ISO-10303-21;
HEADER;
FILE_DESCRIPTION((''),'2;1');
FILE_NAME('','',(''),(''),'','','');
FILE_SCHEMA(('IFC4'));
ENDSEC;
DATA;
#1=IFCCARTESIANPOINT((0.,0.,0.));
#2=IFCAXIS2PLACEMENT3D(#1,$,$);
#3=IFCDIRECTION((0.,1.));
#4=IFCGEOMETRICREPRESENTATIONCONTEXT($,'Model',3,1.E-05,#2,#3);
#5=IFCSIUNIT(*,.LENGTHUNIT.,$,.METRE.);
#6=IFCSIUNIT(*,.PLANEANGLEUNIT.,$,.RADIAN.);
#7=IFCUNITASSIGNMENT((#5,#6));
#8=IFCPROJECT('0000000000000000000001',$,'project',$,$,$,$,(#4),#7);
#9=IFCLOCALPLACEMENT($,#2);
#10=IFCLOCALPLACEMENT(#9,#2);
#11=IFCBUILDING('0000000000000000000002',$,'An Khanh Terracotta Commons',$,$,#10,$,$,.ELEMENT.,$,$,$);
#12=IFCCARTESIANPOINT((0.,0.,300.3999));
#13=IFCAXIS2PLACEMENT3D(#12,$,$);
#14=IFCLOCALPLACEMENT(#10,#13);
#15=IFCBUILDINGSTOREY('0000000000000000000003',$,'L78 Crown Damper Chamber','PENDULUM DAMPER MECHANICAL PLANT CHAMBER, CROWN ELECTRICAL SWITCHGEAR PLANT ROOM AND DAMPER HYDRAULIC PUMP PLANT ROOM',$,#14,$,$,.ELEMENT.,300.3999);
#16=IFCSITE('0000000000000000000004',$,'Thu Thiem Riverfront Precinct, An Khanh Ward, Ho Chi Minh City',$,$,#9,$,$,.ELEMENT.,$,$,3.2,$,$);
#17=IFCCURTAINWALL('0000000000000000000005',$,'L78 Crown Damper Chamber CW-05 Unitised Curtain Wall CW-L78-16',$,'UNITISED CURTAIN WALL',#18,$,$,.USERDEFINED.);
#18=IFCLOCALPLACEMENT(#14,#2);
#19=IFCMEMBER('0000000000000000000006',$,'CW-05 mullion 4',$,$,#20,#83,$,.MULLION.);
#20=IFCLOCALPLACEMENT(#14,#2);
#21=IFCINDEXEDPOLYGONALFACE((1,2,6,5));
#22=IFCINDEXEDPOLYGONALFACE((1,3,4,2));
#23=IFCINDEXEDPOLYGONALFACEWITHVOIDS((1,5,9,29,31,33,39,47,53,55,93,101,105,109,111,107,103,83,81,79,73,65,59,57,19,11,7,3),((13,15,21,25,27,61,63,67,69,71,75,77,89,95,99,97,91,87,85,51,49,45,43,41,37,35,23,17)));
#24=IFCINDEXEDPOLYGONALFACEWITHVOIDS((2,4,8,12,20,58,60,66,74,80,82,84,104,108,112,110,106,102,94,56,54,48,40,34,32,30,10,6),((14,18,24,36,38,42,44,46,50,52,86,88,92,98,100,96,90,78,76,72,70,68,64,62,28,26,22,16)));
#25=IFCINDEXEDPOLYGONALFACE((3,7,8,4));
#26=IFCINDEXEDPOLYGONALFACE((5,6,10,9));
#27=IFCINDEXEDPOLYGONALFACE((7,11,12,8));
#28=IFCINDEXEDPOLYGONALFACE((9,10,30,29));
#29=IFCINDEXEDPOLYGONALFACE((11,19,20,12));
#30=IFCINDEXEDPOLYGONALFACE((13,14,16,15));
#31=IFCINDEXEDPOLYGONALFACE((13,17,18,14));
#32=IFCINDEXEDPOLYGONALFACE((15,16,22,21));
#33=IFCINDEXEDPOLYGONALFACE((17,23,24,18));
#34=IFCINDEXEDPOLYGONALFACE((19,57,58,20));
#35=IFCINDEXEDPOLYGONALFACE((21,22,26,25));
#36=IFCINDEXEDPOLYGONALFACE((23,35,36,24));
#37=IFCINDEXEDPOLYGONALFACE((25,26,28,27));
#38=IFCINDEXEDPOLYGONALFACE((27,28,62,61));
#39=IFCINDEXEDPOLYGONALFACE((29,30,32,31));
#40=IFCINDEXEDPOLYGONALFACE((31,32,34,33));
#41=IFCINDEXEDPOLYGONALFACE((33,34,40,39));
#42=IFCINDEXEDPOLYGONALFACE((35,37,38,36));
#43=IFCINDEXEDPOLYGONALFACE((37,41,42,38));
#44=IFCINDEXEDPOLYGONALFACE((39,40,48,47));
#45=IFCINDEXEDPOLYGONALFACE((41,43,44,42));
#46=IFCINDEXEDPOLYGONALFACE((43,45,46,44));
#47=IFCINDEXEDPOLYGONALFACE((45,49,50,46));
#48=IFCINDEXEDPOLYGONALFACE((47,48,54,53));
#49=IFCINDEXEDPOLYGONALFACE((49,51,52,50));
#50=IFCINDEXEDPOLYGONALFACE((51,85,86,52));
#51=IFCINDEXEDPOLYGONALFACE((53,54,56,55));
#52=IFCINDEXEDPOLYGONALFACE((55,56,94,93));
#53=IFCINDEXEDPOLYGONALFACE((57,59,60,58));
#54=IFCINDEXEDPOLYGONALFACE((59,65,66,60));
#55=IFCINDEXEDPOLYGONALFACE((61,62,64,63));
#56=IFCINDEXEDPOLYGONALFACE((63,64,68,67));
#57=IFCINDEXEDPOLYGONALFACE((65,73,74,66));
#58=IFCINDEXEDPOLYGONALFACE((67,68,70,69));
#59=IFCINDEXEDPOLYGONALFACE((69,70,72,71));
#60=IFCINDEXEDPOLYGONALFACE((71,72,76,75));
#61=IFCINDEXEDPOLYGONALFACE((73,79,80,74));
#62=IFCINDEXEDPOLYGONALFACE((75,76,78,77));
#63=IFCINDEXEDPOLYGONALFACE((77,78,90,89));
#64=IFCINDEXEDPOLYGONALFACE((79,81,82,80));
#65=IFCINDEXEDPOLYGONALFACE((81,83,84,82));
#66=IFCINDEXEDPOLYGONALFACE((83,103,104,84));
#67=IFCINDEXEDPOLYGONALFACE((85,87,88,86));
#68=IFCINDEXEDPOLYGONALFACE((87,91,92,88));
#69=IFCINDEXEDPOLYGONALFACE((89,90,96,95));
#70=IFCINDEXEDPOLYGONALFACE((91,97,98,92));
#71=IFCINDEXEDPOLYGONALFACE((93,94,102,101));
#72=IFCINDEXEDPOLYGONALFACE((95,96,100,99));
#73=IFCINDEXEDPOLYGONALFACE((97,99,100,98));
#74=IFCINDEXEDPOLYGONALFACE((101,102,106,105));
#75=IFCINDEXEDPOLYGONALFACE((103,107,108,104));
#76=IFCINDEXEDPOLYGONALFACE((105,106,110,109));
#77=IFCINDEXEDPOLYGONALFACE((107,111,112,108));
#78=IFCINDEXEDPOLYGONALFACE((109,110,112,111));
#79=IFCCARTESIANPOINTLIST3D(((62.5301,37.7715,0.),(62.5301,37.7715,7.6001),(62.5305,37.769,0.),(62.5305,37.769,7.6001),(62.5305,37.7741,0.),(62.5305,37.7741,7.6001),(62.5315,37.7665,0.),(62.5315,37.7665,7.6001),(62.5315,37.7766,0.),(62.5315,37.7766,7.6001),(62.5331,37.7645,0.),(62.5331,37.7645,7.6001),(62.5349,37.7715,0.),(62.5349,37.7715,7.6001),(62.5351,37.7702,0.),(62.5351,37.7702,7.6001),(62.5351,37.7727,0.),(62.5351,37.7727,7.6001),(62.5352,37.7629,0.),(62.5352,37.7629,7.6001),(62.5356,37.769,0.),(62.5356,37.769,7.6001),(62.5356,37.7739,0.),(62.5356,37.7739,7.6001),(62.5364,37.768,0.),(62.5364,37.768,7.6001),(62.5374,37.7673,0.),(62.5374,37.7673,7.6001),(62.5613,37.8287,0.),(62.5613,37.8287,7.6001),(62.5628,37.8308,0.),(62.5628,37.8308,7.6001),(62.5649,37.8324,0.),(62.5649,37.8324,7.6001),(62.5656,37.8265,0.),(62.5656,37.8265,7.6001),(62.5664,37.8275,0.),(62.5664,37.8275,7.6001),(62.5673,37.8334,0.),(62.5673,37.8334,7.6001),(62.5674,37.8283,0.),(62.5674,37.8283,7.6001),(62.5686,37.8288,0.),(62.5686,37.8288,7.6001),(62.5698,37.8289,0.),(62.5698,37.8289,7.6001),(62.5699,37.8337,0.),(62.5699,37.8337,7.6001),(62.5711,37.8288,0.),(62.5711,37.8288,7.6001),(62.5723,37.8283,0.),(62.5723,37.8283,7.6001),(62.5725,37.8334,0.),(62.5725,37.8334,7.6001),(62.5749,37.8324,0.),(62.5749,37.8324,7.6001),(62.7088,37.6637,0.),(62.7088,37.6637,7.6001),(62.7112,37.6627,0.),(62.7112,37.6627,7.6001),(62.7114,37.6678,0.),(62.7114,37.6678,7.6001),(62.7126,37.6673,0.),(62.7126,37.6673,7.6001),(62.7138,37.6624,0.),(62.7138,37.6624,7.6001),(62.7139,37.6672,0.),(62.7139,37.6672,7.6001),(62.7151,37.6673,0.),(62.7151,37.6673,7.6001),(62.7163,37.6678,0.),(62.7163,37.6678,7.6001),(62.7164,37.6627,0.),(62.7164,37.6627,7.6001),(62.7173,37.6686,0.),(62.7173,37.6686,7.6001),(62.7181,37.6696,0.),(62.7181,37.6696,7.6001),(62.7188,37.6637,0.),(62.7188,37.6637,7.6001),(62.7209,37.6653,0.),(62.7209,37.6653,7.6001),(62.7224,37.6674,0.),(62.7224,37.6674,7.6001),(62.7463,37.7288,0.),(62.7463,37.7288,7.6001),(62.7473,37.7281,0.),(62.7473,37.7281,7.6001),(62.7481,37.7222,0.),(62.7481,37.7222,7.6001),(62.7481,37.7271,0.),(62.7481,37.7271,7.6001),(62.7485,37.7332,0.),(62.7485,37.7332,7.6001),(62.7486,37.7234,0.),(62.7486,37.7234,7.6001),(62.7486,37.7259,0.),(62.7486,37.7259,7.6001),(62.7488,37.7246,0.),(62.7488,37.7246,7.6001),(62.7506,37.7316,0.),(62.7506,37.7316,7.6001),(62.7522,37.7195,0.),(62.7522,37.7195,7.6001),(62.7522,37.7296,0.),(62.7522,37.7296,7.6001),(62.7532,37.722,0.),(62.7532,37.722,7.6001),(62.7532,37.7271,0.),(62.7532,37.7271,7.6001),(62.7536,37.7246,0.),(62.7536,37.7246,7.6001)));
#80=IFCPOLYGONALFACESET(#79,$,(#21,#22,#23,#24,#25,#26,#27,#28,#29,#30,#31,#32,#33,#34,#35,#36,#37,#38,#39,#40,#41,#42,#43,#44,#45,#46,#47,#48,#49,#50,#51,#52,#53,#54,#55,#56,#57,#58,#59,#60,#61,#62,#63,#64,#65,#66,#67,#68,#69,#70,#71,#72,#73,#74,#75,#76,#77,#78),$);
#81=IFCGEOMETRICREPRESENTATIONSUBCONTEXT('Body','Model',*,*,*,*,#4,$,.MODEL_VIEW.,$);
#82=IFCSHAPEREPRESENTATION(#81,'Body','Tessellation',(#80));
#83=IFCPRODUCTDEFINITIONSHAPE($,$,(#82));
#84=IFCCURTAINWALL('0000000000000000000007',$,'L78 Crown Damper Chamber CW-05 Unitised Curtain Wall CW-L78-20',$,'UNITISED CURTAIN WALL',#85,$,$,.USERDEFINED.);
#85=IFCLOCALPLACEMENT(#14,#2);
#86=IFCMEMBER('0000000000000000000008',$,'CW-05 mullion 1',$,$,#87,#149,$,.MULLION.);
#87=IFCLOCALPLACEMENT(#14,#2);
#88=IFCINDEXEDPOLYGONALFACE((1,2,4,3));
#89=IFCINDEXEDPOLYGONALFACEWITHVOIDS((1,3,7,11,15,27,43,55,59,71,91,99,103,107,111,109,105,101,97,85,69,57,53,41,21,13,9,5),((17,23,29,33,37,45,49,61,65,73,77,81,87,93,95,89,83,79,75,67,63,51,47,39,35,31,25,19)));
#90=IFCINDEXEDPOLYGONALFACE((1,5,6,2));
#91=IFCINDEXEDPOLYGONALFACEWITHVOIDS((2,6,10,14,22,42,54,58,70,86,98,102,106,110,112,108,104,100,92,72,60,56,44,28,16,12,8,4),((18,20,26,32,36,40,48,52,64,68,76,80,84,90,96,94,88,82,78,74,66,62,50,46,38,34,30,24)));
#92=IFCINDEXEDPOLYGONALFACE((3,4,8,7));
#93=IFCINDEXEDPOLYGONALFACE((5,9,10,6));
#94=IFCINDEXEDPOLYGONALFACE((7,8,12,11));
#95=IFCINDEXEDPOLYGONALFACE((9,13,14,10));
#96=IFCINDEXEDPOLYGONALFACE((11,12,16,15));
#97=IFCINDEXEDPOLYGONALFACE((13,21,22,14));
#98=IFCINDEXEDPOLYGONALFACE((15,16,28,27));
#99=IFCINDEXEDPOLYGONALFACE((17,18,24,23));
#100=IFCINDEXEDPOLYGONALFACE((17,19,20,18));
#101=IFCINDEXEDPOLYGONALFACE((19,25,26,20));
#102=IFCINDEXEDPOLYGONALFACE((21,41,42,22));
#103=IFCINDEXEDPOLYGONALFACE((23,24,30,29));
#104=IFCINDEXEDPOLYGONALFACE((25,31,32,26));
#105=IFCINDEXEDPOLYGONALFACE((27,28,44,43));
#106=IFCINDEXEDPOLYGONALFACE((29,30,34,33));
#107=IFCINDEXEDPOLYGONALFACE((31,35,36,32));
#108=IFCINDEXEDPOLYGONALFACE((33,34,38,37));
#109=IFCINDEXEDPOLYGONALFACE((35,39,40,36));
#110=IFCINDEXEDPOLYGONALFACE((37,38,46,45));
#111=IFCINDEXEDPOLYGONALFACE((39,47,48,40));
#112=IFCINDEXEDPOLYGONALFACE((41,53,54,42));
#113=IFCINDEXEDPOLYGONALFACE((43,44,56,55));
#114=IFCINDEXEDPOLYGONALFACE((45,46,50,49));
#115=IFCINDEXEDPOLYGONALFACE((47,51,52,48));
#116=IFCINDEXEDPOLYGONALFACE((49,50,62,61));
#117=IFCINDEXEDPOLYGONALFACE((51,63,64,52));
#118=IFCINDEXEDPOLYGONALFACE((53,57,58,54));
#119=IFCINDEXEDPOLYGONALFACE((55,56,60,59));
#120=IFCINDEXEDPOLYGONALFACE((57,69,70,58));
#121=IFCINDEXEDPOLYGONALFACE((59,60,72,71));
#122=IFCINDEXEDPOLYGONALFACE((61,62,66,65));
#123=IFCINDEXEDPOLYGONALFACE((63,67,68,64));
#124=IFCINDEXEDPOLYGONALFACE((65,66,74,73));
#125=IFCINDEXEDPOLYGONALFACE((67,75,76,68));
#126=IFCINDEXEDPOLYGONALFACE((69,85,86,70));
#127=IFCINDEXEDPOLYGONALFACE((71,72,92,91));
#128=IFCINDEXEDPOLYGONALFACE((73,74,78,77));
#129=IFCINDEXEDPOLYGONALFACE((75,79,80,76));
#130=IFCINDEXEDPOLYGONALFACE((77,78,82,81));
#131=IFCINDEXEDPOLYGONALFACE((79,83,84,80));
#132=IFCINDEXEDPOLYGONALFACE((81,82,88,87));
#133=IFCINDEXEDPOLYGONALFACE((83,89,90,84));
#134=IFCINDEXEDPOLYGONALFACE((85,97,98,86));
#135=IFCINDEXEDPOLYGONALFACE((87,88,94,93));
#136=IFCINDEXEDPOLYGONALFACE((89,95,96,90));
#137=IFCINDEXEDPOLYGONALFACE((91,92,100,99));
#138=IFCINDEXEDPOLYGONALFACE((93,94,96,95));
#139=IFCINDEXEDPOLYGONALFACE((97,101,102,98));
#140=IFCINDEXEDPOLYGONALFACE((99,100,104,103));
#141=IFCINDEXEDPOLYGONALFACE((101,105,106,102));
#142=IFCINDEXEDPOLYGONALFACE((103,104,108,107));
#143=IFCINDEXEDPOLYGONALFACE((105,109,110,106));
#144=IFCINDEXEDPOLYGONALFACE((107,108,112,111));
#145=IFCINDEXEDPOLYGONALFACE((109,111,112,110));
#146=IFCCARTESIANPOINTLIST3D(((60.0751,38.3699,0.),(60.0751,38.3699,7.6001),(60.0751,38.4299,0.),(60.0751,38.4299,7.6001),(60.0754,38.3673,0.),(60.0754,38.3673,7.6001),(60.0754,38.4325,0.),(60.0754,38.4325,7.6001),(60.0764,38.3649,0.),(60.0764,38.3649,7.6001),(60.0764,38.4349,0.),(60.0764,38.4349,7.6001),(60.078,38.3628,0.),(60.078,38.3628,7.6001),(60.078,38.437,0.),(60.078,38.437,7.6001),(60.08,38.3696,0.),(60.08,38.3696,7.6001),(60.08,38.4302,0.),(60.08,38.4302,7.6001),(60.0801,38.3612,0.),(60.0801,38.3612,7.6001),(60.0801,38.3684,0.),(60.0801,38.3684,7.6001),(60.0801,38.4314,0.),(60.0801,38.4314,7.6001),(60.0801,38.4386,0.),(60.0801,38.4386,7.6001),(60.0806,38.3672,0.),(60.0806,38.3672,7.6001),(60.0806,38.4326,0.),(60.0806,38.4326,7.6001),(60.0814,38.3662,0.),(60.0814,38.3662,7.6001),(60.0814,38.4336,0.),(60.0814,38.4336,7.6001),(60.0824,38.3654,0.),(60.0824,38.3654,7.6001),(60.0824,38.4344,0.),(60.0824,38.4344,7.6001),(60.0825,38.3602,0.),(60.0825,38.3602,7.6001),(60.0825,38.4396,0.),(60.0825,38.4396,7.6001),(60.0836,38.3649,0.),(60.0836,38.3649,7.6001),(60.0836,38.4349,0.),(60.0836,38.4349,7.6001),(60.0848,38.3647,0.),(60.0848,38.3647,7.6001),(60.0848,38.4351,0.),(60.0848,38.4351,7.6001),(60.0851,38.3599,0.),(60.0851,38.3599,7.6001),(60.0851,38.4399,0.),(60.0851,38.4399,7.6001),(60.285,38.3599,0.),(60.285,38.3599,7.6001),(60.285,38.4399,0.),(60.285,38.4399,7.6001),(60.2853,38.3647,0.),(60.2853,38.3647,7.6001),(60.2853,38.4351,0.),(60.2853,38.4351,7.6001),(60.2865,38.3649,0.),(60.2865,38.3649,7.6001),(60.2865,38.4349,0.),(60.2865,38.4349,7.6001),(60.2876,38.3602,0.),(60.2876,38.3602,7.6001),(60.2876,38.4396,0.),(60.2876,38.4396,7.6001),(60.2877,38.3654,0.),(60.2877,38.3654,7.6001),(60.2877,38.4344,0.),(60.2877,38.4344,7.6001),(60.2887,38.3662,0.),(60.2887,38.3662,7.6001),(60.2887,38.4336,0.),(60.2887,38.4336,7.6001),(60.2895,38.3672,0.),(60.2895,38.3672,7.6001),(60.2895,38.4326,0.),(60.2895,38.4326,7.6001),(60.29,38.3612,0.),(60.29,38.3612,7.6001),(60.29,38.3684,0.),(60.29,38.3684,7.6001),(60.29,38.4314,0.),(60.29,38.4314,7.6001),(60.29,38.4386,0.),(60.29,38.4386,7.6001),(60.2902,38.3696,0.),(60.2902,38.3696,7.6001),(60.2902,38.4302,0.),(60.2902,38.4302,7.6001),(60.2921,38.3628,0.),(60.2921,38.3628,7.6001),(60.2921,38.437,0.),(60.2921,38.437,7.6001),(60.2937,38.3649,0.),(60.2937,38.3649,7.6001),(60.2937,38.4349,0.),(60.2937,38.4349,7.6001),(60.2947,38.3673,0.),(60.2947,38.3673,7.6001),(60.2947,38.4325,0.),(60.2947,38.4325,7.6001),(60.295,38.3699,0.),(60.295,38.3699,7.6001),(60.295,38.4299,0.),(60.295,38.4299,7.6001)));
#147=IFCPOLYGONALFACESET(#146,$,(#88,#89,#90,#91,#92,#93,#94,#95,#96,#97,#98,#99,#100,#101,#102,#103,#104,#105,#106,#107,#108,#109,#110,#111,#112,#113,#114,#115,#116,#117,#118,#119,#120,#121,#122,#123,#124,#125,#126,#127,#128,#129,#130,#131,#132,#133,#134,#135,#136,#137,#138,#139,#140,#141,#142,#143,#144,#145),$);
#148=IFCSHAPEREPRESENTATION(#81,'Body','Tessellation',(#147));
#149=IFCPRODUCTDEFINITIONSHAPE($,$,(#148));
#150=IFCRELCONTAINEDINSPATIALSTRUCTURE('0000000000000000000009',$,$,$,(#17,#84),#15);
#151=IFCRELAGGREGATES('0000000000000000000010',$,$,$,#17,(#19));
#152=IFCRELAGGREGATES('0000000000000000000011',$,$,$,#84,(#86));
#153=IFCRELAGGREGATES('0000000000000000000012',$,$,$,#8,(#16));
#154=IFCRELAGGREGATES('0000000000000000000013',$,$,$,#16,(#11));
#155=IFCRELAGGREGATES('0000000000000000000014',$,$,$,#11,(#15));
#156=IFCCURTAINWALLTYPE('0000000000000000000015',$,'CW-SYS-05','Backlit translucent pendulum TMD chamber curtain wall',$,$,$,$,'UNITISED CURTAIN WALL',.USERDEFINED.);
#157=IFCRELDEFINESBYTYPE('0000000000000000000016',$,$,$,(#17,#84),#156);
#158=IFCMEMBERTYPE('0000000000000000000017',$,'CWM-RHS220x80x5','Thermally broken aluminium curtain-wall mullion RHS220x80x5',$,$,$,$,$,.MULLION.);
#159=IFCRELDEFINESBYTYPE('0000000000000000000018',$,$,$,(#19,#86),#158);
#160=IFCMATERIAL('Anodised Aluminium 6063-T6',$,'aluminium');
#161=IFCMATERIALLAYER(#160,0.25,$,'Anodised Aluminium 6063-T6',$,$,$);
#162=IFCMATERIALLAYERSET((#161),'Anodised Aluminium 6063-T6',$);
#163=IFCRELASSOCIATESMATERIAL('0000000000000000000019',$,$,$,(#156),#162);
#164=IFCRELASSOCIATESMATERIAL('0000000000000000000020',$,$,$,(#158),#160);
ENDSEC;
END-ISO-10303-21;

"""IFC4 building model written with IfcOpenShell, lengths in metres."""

from ifc_helpers import new_model, si_unit, direction, frame, origin, origin_2d, place, context, subcontext, project, spatial, hollow_rectangle, extrude, material, layer, layer_set, material_profile, profile_set, type_object, element, aggregate, save


model = new_model("IFC4")

# Units and contexts
model_context = context("Model", 3, precision=1e-05, world=origin(), true_north=direction((0.0, 1.0)))
body_context = subcontext(model_context, "Body", "Model", "MODEL_VIEW")
ifc_project = project(units=[si_unit("LENGTHUNIT", "METRE"), si_unit("PLANEANGLEUNIT", "RADIAN")], contexts=[model_context])

# Site, building, storey
site_placement = place(None, origin())
site = spatial("IfcSite", under=ifc_project, at=site_placement, Name="Thu Thiem Riverfront Precinct, An Khanh Ward, Ho Chi Minh City", CompositionType="ELEMENT", RefElevation=3.2)
building_placement = place(site_placement, origin())
building = spatial("IfcBuilding", under=site, at=building_placement, Name="An Khanh Terracotta Commons", CompositionType="ELEMENT")
storey_placement = place(building_placement, frame((0.0, 0.0, 300.3999)))
storey = spatial("IfcBuildingStorey", under=building, at=storey_placement, Name="L78 Crown Damper Chamber", Description="PENDULUM DAMPER MECHANICAL PLANT CHAMBER, CROWN ELECTRICAL SWITCHGEAR PLANT ROOM AND DAMPER HYDRAULIC PUMP PLANT ROOM", CompositionType="ELEMENT", Elevation=300.3999)

# Curtain wall, member
ifc_material_1 = material(Name="Anodised Aluminium 6063-T6", Category="aluminium")
ifc_layer_1 = layer(ifc_material_1, 0.25, Name="Anodised Aluminium 6063-T6")
ifc_layer_set_1 = layer_set([ifc_layer_1], Name="Anodised Aluminium 6063-T6")
curtain_wall_type = type_object("IfcCurtainWallType", Name="CW-SYS-05", Description="Backlit translucent pendulum TMD chamber curtain wall", ElementType="UNITISED CURTAIN WALL", PredefinedType="USERDEFINED", material=ifc_layer_set_1)
curtain_wall_1_placement = place(storey_placement, origin())
curtain_wall_1 = element("IfcCurtainWall", 1, at=curtain_wall_1_placement, inside=storey, type_object=curtain_wall_type, Name="L78 Crown Damper Chamber CW-05 Unitised Curtain Wall CW-L78-16", ObjectType="UNITISED CURTAIN WALL", PredefinedType="USERDEFINED")
ifc_material_profile_1 = material_profile(ifc_material_1, hollow_rectangle(XDim=0.0801, YDim=0.22, WallThickness=0.0049, InnerFilletRadius=0.0049, OuterFilletRadius=0.01, at=origin_2d()), Name="RHS220x80x5")
ifc_profile_set_1 = profile_set([ifc_material_profile_1], Name="Anodised Aluminium 6063-T6")
member_type_1 = type_object("IfcMemberType", Name="CWM-RHS220x80x5", Description="Thermally broken aluminium curtain-wall mullion RHS220x80x5", PredefinedType="MULLION", material=ifc_profile_set_1)
member_1_placement = place(storey_placement, frame((62.6418, 37.748, 0.0), z_axis=(0.0, 0.0, 1.0), x_axis=(-0.496206, -0.868205, 0.0)))
member_1 = element("IfcMember", 2, at=member_1_placement, type_object=member_type_1, Name="CW-05 mullion 4", PredefinedType="MULLION", context=body_context, shape_type="SweptSolid", body=[
    extrude(hollow_rectangle(XDim=0.0801, YDim=0.22, WallThickness=0.0049, InnerFilletRadius=0.0049, OuterFilletRadius=0.01, at=origin_2d()), origin(), (0.0, 0.0, 1.0), 7.6001),
])

# Curtain wall, member
curtain_wall_2_placement = place(storey_placement, origin())
curtain_wall_2 = element("IfcCurtainWall", 3, at=curtain_wall_2_placement, inside=storey, type_object=curtain_wall_type, Name="L78 Crown Damper Chamber CW-05 Unitised Curtain Wall CW-L78-20", ObjectType="UNITISED CURTAIN WALL", PredefinedType="USERDEFINED")
member_2_placement = place(storey_placement, frame((60.1851, 38.3999, 0.0), z_axis=(0.0, 0.0, 1.0), x_axis=(0.0, -1.0, 0.0)))
member_2 = element("IfcMember", 4, at=member_2_placement, type_object=member_type_1, Name="CW-05 mullion 1", PredefinedType="MULLION", context=body_context, shape_type="SweptSolid", body=[
    extrude(hollow_rectangle(XDim=0.0801, YDim=0.22, WallThickness=0.0049, InnerFilletRadius=0.0049, OuterFilletRadius=0.01, at=origin_2d()), origin(), (0.0, 0.0, 1.0), 7.6001),
])

aggregate(curtain_wall_1, [member_1])
aggregate(curtain_wall_2, [member_2])

save(model, "model.ifc")
